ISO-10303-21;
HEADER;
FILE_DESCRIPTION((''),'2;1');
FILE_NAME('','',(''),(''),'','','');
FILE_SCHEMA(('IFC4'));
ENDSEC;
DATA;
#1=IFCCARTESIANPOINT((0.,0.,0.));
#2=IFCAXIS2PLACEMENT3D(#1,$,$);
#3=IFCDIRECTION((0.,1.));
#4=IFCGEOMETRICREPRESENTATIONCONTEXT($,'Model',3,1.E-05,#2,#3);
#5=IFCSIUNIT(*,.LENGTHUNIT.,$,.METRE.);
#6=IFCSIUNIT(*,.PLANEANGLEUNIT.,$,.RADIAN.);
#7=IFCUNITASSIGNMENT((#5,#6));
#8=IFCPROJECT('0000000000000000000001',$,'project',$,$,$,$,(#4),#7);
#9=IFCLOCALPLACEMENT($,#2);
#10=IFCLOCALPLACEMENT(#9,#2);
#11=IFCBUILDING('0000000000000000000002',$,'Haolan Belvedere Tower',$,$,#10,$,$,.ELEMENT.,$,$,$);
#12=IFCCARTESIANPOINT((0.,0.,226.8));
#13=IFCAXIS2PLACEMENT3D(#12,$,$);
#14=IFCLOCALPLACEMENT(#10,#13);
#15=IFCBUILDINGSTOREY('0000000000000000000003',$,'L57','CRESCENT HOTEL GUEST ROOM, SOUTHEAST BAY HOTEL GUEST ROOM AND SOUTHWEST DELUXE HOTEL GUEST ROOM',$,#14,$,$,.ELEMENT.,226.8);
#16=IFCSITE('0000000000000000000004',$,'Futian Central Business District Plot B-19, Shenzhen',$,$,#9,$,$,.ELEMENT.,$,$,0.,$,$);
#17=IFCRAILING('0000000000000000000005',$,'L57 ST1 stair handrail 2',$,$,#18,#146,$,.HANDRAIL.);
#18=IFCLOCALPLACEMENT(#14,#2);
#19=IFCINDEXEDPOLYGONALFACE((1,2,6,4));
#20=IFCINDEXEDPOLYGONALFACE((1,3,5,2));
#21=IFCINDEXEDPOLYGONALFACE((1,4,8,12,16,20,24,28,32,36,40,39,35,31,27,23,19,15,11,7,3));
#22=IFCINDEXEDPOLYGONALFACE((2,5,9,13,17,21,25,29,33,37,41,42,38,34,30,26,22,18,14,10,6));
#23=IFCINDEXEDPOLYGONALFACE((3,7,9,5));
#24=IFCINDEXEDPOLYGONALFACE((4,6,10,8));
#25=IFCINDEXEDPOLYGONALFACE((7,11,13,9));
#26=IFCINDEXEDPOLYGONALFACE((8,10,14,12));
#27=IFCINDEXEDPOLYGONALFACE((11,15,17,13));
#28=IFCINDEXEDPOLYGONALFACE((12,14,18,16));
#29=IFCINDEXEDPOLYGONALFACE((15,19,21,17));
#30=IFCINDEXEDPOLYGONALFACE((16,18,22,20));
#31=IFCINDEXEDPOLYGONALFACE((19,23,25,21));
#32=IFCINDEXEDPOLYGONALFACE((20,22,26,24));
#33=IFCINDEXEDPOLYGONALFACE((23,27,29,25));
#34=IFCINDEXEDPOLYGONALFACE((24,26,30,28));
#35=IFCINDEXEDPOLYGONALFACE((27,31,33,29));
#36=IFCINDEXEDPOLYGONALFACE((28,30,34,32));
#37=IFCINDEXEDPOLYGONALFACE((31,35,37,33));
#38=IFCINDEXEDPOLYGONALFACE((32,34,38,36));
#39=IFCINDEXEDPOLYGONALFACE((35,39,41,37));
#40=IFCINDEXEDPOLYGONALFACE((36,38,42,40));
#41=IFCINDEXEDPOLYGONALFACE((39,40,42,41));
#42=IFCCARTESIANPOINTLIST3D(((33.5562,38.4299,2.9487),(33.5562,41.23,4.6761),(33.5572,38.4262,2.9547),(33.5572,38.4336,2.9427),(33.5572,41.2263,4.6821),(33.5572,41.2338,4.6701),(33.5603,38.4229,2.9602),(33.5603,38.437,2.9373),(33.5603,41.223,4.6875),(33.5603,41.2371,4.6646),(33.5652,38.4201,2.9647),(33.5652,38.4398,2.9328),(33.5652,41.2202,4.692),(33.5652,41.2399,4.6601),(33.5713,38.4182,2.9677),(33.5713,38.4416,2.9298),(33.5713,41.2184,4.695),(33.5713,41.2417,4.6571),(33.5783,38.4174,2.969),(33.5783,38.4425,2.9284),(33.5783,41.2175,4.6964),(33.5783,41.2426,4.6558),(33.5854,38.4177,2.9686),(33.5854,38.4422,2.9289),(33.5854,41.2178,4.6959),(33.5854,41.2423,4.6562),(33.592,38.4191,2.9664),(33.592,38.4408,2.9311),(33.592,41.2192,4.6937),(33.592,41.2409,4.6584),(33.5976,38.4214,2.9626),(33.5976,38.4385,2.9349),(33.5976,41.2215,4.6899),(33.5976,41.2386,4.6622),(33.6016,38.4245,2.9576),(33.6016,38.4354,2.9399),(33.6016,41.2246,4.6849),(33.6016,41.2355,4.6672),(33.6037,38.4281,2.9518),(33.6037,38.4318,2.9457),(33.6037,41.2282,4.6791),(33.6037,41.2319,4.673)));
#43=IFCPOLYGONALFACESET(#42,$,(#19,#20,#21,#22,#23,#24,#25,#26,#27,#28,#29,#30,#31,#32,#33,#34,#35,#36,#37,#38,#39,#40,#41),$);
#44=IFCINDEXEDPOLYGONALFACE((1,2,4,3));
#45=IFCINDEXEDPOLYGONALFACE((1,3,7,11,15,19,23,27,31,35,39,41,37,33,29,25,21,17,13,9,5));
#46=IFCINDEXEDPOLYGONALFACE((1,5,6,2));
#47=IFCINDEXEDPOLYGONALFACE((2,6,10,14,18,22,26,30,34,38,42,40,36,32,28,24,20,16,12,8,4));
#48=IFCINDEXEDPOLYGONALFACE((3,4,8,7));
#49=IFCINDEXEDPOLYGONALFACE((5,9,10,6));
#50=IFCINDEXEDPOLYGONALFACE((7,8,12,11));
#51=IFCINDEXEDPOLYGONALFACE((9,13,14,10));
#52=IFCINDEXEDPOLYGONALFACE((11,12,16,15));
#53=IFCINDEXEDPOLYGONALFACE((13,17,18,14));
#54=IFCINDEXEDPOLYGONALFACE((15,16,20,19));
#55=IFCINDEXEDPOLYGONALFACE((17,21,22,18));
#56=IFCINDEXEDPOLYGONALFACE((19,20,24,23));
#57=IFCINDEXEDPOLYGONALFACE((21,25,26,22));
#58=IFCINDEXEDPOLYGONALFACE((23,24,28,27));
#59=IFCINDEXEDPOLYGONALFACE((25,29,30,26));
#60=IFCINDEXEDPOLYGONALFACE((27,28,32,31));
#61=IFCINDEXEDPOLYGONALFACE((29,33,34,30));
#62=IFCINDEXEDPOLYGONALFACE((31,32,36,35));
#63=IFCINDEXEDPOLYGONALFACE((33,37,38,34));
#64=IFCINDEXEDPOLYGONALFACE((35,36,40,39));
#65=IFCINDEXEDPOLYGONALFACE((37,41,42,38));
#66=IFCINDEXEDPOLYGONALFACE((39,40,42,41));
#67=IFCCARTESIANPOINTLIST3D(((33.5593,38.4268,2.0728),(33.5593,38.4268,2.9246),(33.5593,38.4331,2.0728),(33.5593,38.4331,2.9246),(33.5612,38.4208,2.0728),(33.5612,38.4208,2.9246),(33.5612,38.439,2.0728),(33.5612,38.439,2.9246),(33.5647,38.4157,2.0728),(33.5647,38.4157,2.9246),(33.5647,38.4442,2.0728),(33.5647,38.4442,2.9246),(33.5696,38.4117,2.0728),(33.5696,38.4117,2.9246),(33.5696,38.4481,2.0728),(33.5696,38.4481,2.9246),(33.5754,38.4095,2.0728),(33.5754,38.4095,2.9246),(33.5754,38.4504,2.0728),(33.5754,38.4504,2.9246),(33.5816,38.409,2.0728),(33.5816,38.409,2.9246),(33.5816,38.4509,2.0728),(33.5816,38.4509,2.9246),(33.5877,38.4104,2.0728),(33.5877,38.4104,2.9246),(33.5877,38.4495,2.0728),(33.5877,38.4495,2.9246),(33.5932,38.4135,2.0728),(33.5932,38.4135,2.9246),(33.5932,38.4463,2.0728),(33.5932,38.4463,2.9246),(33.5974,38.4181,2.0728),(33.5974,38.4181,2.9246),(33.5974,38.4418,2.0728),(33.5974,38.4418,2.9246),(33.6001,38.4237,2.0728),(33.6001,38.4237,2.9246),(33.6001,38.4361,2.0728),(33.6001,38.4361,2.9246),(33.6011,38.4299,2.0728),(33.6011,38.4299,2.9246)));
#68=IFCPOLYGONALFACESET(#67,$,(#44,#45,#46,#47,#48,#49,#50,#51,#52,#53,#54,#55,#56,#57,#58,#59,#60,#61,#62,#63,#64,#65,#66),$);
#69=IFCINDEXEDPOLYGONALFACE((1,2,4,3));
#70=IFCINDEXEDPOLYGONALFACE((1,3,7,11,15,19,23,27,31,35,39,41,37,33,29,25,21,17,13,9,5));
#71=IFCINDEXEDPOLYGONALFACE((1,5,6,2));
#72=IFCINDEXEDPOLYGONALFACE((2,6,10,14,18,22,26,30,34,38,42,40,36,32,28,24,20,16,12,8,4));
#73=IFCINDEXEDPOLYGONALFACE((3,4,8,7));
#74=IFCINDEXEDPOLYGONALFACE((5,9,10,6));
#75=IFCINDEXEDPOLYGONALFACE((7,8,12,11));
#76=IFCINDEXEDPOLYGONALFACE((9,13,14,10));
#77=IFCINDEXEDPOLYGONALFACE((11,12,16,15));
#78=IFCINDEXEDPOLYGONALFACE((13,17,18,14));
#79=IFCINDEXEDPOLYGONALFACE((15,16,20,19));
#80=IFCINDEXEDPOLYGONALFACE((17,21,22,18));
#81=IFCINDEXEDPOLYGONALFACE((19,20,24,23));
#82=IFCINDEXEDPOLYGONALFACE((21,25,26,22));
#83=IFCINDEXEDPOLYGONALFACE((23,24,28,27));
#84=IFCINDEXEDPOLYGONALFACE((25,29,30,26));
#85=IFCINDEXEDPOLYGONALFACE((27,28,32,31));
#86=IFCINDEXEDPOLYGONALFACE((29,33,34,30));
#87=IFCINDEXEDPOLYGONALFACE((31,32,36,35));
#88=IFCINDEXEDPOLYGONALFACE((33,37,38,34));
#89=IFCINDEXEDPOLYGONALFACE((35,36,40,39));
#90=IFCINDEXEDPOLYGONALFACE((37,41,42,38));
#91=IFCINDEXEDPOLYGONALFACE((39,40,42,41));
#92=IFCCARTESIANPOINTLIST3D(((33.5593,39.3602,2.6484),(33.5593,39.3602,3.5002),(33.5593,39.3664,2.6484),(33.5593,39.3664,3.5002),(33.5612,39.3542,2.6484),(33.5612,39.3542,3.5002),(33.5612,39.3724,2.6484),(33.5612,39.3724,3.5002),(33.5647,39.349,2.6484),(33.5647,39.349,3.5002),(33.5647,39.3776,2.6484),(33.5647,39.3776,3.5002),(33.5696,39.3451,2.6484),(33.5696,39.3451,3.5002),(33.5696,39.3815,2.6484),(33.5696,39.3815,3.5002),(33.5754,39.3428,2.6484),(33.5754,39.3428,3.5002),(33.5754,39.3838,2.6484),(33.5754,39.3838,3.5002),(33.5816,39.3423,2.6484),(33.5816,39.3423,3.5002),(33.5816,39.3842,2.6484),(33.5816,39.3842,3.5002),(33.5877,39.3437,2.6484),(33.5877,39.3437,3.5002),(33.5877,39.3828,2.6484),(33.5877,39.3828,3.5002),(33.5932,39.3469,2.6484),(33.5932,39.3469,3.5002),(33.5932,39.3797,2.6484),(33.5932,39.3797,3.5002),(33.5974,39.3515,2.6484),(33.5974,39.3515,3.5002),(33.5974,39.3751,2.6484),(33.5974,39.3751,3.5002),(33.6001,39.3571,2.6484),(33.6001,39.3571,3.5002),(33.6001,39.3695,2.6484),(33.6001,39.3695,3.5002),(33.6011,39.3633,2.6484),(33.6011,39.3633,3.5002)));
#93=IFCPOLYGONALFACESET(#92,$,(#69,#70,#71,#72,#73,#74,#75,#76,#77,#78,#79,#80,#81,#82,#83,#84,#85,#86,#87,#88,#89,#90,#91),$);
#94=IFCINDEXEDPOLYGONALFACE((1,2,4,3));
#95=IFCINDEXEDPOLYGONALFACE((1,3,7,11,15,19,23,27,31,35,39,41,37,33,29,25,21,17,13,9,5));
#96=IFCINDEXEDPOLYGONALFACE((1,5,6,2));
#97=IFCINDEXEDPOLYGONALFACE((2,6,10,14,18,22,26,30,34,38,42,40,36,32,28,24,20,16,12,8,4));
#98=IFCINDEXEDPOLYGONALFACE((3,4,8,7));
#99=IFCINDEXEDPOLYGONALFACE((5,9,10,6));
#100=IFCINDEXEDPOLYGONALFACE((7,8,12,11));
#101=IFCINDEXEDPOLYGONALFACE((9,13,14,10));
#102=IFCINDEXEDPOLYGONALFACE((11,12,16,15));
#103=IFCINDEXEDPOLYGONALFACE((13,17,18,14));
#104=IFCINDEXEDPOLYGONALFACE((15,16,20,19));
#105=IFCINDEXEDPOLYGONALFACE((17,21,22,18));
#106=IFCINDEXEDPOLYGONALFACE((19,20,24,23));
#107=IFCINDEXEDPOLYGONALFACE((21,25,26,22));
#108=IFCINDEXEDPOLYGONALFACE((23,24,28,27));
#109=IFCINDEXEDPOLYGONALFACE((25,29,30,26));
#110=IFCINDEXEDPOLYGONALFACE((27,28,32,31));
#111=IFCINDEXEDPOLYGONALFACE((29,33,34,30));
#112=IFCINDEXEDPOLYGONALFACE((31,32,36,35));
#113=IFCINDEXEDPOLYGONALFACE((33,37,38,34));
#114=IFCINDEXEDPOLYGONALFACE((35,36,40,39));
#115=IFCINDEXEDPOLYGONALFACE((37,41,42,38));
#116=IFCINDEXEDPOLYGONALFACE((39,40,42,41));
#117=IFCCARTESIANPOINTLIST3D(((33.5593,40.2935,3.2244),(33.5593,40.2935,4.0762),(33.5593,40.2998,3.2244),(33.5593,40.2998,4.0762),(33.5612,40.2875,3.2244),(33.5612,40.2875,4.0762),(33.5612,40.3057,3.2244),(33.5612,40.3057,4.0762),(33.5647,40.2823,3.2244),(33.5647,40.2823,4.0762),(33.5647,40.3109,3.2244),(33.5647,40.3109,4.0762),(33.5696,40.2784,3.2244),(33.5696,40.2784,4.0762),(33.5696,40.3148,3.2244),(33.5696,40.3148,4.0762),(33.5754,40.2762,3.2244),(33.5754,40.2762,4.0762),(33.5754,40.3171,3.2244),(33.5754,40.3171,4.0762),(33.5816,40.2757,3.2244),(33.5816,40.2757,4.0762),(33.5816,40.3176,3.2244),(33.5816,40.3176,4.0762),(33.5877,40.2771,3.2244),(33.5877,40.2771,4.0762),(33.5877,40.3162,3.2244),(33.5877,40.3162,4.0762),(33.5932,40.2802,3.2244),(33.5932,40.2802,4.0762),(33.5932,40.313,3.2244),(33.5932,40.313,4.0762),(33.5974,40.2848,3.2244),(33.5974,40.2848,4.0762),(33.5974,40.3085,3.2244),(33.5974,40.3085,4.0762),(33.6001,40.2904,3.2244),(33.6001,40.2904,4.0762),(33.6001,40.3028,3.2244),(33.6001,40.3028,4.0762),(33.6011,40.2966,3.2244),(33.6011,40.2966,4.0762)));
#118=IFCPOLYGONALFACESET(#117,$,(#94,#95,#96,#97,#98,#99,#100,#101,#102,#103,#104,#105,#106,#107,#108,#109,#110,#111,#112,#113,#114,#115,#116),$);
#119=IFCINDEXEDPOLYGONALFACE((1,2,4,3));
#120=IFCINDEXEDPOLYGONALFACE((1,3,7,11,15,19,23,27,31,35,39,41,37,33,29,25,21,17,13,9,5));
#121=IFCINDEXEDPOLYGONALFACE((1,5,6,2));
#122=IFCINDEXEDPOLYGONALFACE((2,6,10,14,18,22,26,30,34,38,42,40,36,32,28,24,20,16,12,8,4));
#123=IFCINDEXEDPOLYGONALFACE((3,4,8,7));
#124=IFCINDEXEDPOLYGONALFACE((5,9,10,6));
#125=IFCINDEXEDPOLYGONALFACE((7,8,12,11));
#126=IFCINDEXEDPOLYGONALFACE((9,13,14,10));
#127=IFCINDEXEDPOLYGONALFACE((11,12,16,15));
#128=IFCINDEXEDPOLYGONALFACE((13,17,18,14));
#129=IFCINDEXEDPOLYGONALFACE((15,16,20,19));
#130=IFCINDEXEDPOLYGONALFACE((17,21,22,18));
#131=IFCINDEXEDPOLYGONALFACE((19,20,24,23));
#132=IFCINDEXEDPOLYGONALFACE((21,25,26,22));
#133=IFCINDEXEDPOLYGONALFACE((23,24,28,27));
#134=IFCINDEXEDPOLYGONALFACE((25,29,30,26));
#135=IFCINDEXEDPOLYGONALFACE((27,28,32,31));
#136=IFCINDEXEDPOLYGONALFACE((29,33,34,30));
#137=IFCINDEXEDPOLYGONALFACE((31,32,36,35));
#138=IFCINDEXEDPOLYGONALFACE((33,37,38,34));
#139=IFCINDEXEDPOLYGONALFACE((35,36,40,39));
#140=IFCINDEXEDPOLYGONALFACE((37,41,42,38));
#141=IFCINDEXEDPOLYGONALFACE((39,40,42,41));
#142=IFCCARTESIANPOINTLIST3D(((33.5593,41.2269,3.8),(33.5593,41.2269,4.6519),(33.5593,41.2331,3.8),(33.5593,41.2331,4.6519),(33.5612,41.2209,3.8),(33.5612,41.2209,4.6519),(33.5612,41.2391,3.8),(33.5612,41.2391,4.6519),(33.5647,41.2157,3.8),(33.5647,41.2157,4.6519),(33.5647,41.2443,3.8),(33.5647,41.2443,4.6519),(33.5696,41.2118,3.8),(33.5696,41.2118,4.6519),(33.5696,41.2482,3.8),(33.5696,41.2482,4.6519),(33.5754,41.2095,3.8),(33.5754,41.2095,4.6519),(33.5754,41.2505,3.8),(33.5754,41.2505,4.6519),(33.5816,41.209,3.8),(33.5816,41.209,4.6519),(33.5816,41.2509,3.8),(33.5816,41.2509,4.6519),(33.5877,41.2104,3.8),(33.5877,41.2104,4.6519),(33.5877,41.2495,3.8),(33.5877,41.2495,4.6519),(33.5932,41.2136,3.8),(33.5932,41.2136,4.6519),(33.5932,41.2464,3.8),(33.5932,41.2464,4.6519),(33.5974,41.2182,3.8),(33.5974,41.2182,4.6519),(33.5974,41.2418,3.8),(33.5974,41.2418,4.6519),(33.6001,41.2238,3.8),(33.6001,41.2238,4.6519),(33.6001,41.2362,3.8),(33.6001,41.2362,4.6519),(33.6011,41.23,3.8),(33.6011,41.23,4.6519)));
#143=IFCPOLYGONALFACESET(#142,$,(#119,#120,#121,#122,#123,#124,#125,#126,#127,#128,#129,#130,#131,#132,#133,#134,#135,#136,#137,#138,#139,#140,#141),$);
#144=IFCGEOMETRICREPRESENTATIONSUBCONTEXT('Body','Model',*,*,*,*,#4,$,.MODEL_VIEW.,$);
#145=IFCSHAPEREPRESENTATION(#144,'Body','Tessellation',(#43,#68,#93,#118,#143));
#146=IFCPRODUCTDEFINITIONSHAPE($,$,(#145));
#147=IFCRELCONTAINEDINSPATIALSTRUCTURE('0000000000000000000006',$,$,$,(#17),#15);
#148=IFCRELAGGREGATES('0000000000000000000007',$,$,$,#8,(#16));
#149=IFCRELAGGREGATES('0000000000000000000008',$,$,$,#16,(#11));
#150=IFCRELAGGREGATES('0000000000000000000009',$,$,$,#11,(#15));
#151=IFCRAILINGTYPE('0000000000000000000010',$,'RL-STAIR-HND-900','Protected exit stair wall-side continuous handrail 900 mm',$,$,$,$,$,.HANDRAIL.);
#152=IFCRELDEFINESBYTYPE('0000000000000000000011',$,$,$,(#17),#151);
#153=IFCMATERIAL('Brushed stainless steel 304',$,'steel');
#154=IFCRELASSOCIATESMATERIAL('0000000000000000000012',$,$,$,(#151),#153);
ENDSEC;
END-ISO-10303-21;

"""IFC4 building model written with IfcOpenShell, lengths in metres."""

from ifc_helpers import new_model, si_unit, direction, frame, origin, origin_2d, place, context, subcontext, project, spatial, circle, extrude, material, type_object, element, save


model = new_model("IFC4")

# Units and contexts
model_context = context("Model", 3, precision=1e-05, world=origin(), true_north=direction((0.0, 1.0)))
body_context = subcontext(model_context, "Body", "Model", "MODEL_VIEW")
ifc_project = project(units=[si_unit("LENGTHUNIT", "METRE"), si_unit("PLANEANGLEUNIT", "RADIAN")], contexts=[model_context])

# Site, building, storey
site_placement = place(None, origin())
site = spatial("IfcSite", under=ifc_project, at=site_placement, Name="Futian Central Business District Plot B-19, Shenzhen", CompositionType="ELEMENT", RefElevation=0.0)
building_placement = place(site_placement, origin())
building = spatial("IfcBuilding", under=site, at=building_placement, Name="Haolan Belvedere Tower", CompositionType="ELEMENT")
storey_placement = place(building_placement, frame((0.0, 0.0, 226.8)))
storey = spatial("IfcBuildingStorey", under=building, at=storey_placement, Name="L57", Description="CRESCENT HOTEL GUEST ROOM, SOUTHEAST BAY HOTEL GUEST ROOM AND SOUTHWEST DELUXE HOTEL GUEST ROOM", CompositionType="ELEMENT", Elevation=226.8)

# Railing
ifc_material_1 = material(Name="Brushed stainless steel 304", Category="steel")
railing_type_1 = type_object("IfcRailingType", Name="RL-STAIR-HND-900", Description="Protected exit stair wall-side continuous handrail 900 mm", PredefinedType="HANDRAIL", material=ifc_material_1)
railing_1_placement = place(storey_placement, frame((33.5801, 38.4299, 2.0728)))
element("IfcRailing", 1, at=railing_1_placement, inside=storey, type_object=railing_type_1, Name="L57 ST1 stair handrail 2", PredefinedType="HANDRAIL", context=body_context, shape_type="SweptSolid", body=[
    extrude(circle(Radius=0.0239, at=origin_2d()), frame((0.0, 0.0, 0.876), z_axis=(0.0, 0.85109, 0.52502), x_axis=(-1.0, 0.0, 0.0)), (0.0, 0.0, 1.0), 3.29),
    extrude(circle(Radius=0.021, at=origin_2d()), origin(), (0.0, 0.0, 1.0), 0.8518),
    extrude(circle(Radius=0.021, at=origin_2d()), frame((0.0, 0.9333, 0.5757)), (0.0, 0.0, 1.0), 0.8518),
    extrude(circle(Radius=0.021, at=origin_2d()), frame((0.0, 1.8667, 1.1516)), (0.0, 0.0, 1.0), 0.8518),
    extrude(circle(Radius=0.021, at=origin_2d()), frame((0.0, 2.8, 1.7273)), (0.0, 0.0, 1.0), 0.8518),
])

save(model, "model.ifc")
